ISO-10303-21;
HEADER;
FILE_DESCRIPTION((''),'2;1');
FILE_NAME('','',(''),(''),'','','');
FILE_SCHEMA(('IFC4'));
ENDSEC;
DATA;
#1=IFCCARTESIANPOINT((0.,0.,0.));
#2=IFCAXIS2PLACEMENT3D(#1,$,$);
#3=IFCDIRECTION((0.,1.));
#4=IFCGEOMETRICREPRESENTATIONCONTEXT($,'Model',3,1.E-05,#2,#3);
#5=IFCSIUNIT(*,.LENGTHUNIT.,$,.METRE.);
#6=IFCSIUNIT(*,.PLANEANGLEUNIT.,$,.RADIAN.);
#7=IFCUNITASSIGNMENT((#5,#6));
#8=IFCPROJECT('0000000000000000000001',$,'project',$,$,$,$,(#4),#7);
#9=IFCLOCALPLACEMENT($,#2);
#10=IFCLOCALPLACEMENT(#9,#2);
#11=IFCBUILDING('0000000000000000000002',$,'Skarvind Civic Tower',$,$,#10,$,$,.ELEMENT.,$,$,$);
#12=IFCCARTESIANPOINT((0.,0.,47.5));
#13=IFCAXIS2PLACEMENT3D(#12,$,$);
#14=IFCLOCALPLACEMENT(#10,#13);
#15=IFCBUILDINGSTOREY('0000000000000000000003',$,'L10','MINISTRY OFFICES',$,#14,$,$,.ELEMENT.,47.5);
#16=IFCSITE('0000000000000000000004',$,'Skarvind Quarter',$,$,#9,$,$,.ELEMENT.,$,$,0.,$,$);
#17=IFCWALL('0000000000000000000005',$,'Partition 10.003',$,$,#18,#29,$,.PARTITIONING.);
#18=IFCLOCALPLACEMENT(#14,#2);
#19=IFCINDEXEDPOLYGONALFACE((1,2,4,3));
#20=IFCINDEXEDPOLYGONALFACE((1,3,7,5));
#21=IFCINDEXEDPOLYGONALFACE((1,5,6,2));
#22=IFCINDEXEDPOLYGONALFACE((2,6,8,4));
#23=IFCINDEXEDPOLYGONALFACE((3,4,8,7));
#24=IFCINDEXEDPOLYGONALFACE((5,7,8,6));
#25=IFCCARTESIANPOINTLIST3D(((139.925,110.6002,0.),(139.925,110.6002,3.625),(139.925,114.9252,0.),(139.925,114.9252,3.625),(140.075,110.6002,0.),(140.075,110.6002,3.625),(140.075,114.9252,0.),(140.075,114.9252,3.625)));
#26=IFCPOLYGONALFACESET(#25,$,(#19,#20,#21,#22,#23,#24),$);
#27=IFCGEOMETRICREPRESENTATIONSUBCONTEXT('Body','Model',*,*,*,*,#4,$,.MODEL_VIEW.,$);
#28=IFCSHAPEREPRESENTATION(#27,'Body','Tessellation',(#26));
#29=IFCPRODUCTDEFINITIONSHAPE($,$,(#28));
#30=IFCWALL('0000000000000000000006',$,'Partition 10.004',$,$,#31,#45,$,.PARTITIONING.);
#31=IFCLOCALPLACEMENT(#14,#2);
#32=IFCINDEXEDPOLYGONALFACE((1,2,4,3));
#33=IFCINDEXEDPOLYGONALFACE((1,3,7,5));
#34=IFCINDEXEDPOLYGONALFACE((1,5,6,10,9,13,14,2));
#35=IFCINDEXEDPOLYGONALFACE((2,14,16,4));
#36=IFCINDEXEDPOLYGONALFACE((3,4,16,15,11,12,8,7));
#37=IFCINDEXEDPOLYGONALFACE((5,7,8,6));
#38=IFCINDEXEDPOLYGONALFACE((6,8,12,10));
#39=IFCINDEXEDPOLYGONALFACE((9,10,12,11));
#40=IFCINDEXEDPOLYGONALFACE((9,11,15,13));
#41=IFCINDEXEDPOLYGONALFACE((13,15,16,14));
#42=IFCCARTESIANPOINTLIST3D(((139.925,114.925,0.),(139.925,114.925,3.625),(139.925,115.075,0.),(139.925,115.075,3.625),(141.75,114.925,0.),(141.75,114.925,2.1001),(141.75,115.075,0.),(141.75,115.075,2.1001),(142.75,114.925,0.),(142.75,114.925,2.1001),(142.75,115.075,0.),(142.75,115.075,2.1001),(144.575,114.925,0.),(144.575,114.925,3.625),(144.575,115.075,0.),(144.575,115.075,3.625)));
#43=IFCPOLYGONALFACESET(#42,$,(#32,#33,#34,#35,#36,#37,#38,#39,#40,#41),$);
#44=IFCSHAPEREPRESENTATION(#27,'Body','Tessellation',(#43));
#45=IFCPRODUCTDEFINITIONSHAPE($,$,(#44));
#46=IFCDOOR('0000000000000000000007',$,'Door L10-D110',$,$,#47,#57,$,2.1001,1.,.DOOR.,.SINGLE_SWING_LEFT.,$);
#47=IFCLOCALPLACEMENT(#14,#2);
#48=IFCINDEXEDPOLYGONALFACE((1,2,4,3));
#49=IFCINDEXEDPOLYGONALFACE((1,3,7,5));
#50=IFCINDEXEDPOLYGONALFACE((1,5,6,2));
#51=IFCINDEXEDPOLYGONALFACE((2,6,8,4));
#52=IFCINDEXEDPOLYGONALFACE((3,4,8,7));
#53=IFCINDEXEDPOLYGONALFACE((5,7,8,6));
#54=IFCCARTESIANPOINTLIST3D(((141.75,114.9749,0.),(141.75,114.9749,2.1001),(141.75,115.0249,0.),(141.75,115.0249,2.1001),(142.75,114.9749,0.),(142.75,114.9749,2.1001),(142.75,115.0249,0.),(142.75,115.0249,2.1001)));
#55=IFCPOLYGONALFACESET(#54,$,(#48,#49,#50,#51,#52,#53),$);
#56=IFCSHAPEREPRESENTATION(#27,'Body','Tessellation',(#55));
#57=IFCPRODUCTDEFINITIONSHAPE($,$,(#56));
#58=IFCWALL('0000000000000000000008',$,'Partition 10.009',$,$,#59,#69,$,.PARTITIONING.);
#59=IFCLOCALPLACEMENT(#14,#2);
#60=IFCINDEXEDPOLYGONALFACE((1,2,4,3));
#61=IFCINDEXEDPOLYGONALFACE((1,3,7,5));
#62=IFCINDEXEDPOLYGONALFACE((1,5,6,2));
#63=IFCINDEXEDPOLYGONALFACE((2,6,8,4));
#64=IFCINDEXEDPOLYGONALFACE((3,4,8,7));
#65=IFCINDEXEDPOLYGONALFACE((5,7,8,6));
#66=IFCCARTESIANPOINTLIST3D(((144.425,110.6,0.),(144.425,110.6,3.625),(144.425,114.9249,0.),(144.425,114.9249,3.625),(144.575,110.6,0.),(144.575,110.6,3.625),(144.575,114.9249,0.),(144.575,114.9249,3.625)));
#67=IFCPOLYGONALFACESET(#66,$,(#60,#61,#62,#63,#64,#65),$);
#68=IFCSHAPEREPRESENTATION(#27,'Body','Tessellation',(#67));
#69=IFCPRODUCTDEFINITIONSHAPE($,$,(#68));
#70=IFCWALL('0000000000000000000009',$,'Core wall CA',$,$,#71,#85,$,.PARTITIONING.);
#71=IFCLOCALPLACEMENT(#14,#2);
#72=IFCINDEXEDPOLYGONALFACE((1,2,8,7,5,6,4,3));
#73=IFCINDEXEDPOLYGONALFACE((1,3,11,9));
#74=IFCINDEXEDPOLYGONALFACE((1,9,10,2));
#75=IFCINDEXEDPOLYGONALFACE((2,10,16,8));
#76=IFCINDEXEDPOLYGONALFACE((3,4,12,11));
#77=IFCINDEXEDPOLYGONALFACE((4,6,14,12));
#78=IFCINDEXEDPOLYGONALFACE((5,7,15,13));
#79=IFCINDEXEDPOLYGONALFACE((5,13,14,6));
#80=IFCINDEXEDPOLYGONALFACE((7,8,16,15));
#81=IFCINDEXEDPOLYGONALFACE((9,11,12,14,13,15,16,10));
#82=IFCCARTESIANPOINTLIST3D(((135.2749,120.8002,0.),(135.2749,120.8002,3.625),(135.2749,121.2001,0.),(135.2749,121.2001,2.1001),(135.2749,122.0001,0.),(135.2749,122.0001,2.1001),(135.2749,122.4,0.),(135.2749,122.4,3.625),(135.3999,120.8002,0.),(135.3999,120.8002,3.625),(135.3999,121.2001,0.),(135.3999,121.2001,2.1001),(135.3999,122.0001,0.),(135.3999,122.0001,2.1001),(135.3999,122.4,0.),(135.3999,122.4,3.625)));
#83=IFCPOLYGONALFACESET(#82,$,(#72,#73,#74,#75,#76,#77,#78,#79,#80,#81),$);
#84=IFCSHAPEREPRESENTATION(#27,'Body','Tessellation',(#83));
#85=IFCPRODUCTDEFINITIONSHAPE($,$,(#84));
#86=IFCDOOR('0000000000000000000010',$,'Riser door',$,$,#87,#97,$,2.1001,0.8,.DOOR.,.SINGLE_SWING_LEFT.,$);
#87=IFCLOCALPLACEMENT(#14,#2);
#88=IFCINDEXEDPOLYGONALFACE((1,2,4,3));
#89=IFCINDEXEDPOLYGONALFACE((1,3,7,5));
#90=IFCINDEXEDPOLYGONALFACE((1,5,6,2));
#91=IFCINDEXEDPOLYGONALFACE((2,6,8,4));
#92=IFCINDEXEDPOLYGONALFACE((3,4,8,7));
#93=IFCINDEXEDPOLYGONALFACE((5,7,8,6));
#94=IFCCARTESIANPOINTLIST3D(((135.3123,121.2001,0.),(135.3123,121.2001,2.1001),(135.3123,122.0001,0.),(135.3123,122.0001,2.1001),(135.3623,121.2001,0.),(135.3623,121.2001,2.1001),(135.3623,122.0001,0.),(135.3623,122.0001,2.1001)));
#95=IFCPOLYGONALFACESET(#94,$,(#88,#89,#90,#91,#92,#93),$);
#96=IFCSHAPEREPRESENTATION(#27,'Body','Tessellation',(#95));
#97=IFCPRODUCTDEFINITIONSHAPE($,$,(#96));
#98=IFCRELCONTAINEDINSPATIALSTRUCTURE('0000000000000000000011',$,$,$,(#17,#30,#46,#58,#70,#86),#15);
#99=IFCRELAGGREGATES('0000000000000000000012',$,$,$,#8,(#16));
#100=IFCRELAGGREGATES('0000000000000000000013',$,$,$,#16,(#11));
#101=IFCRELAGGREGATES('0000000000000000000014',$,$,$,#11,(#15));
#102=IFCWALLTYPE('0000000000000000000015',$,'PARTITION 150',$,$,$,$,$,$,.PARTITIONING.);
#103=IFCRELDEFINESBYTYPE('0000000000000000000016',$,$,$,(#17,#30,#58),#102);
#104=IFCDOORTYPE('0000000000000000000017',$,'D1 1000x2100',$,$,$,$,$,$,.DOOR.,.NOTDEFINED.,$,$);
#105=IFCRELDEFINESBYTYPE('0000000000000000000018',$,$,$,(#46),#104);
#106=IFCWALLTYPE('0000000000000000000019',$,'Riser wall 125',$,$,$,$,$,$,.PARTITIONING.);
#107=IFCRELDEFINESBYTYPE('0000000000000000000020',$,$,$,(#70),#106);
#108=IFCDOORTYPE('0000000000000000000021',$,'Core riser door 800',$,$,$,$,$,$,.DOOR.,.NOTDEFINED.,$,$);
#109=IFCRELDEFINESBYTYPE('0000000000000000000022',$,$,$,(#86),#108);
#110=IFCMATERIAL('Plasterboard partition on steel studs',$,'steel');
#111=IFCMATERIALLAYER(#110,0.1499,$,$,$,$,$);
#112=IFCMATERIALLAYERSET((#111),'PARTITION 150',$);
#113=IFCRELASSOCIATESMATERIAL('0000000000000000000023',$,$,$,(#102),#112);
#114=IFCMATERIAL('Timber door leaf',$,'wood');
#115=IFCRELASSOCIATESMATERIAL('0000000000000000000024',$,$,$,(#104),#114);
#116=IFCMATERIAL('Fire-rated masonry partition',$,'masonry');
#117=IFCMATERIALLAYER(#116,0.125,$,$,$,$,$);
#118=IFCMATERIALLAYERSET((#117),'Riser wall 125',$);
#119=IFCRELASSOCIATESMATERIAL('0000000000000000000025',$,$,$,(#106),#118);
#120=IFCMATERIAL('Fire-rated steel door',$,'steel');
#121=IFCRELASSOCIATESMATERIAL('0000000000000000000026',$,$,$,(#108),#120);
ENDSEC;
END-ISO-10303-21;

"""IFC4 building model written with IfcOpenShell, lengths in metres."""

from ifc_helpers import new_model, si_unit, direction, frame, frame_2d, origin, place, context, subcontext, project, spatial, rectangle, extrude, material, layer, layer_set, type_object, element, fill, save


model = new_model("IFC4")

# Units and contexts
model_context = context("Model", 3, precision=1e-05, world=origin(), true_north=direction((0.0, 1.0)))
body_context = subcontext(model_context, "Body", "Model", "MODEL_VIEW")
ifc_project = project(units=[si_unit("LENGTHUNIT", "METRE"), si_unit("PLANEANGLEUNIT", "RADIAN")], contexts=[model_context])

# Site, building, storey
site_placement = place(None, origin())
site = spatial("IfcSite", under=ifc_project, at=site_placement, Name="Skarvind Quarter", CompositionType="ELEMENT", RefElevation=0.0)
building_placement = place(site_placement, origin())
building = spatial("IfcBuilding", under=site, at=building_placement, Name="Skarvind Civic Tower", CompositionType="ELEMENT")
storey_placement = place(building_placement, frame((0.0, 0.0, 47.5)))
storey = spatial("IfcBuildingStorey", under=building, at=storey_placement, Name="L10", Description="MINISTRY OFFICES", CompositionType="ELEMENT", Elevation=47.5)

# Shared definitions
ifc_material_1 = material(Name="Timber door leaf", Category="wood")
ifc_material_2 = material(Name="Fire-rated masonry partition", Category="masonry")
ifc_material_3 = material(Name="Fire-rated steel door", Category="steel")

# Wall
ifc_material_4 = material(Name="Plasterboard partition on steel studs", Category="steel")
ifc_layer_1 = layer(ifc_material_4, 0.1499)
ifc_layer_set_1 = layer_set([ifc_layer_1], Name="PARTITION 150")
wall_type_1 = type_object("IfcWallType", Name="PARTITION 150", PredefinedType="PARTITIONING", material=ifc_layer_set_1)
wall_1_placement = place(storey_placement, frame((140.0, 110.6001, 0.0), z_axis=(0.0, 0.0, 1.0), x_axis=(0.0, 1.0, 0.0)))
element("IfcWall", 1, at=wall_1_placement, inside=storey, type_object=wall_type_1, Name="Partition 10.003", PredefinedType="PARTITIONING", context=body_context, shape_type="SweptSolid", body=[
    extrude(rectangle(XDim=4.325, YDim=0.1499, at=frame_2d((2.1626, 0.0))), origin(), (0.0, 0.0, 1.0), 3.625),
])

# Wall, opening, door
wall_2_placement = place(storey_placement, frame((139.925, 115.0, 0.0), z_axis=(0.0, 0.0, 1.0), x_axis=(1.0, 0.0, 0.0)))
wall_2 = element("IfcWall", 2, at=wall_2_placement, inside=storey, type_object=wall_type_1, Name="Partition 10.004", PredefinedType="PARTITIONING", context=body_context, shape_type="SweptSolid", body=[
    extrude(rectangle(XDim=4.6499, YDim=0.1499, at=frame_2d((2.325, 0.0))), origin(), (0.0, 0.0, 1.0), 3.625),
])
opening_1_placement = place(wall_2_placement, frame((1.825, 0.0, 0.0)))
opening_1 = element("IfcOpeningElement", 3, at=opening_1_placement, cuts=wall_2, PredefinedType="OPENING", context=body_context, shape_type="SweptSolid", body=[
    extrude(rectangle(XDim=1.0, YDim=2.1001, at=frame_2d((0.5, 1.05))), frame((0.0, 0.085, 0.0), z_axis=(0.0, -1.0, 0.0), x_axis=(1.0, 0.0, 0.0)), (0.0, 0.0, 1.0), 0.1699),
])
door_type_1 = type_object("IfcDoorType", Name="D1 1000x2100", OperationType="NOTDEFINED", PredefinedType="DOOR", material=ifc_material_1)
door_1_placement = place(opening_1_placement, origin())
door_1 = element("IfcDoor", 4, at=door_1_placement, inside=storey, type_object=door_type_1, Name="Door L10-D110", OperationType="SINGLE_SWING_LEFT", OverallHeight=2.1001, OverallWidth=1.0, PredefinedType="DOOR", context=body_context, shape_type="SweptSolid", body=[
    extrude(rectangle(XDim=1.0, YDim=2.1001, at=frame_2d((0.5, 1.05))), frame((0.0, 0.0249, 0.0), z_axis=(0.0, -1.0, 0.0), x_axis=(1.0, 0.0, 0.0)), (0.0, 0.0, 1.0), 0.05),
])
fill(opening_1, door_1)

# Wall
wall_3_placement = place(storey_placement, frame((144.5, 114.925, 0.0), z_axis=(0.0, 0.0, 1.0), x_axis=(0.0, -1.0, 0.0)))
element("IfcWall", 5, at=wall_3_placement, inside=storey, type_object=wall_type_1, Name="Partition 10.009", PredefinedType="PARTITIONING", context=body_context, shape_type="SweptSolid", body=[
    extrude(rectangle(XDim=4.325, YDim=0.1499, at=frame_2d((2.1626, 0.0))), origin(), (0.0, 0.0, 1.0), 3.625),
])

# Wall, opening, door
ifc_layer_2 = layer(ifc_material_2, 0.125)
ifc_layer_set_2 = layer_set([ifc_layer_2], Name="Riser wall 125")
wall_type_2 = type_object("IfcWallType", Name="Riser wall 125", PredefinedType="PARTITIONING", material=ifc_layer_set_2)
wall_4_placement = place(storey_placement, frame((135.3374, 122.3999, 0.0), z_axis=(0.0, 0.0, 1.0), x_axis=(0.0, -1.0, 0.0)))
wall_4 = element("IfcWall", 6, at=wall_4_placement, inside=storey, type_object=wall_type_2, Name="Core wall CA", PredefinedType="PARTITIONING", context=body_context, shape_type="SweptSolid", body=[
    extrude(rectangle(XDim=1.5999, YDim=0.125, at=frame_2d((0.7998, 0.0))), origin(), (0.0, 0.0, 1.0), 3.625),
])
opening_2_placement = place(wall_4_placement, frame((0.3999, 0.0, 0.0)))
opening_2 = element("IfcOpeningElement", 7, at=opening_2_placement, cuts=wall_4, PredefinedType="OPENING", context=body_context, shape_type="SweptSolid", body=[
    extrude(rectangle(XDim=0.8, YDim=2.1001, at=frame_2d((0.3999, 1.05))), frame((0.0, 0.0725, 0.0), z_axis=(0.0, -1.0, 0.0), x_axis=(1.0, 0.0, 0.0)), (0.0, 0.0, 1.0), 0.145),
])
door_type_2 = type_object("IfcDoorType", Name="Core riser door 800", OperationType="NOTDEFINED", PredefinedType="DOOR", material=ifc_material_3)
door_2_placement = place(opening_2_placement, origin())
door_2 = element("IfcDoor", 8, at=door_2_placement, inside=storey, type_object=door_type_2, Name="Riser door", OperationType="SINGLE_SWING_LEFT", OverallHeight=2.1001, OverallWidth=0.8, PredefinedType="DOOR", context=body_context, shape_type="SweptSolid", body=[
    extrude(rectangle(XDim=0.8, YDim=2.1001, at=frame_2d((0.3999, 1.05))), frame((0.0, 0.0249, 0.0), z_axis=(0.0, -1.0, 0.0), x_axis=(1.0, 0.0, 0.0)), (0.0, 0.0, 1.0), 0.05),
])
fill(opening_2, door_2)

save(model, "model.ifc")
